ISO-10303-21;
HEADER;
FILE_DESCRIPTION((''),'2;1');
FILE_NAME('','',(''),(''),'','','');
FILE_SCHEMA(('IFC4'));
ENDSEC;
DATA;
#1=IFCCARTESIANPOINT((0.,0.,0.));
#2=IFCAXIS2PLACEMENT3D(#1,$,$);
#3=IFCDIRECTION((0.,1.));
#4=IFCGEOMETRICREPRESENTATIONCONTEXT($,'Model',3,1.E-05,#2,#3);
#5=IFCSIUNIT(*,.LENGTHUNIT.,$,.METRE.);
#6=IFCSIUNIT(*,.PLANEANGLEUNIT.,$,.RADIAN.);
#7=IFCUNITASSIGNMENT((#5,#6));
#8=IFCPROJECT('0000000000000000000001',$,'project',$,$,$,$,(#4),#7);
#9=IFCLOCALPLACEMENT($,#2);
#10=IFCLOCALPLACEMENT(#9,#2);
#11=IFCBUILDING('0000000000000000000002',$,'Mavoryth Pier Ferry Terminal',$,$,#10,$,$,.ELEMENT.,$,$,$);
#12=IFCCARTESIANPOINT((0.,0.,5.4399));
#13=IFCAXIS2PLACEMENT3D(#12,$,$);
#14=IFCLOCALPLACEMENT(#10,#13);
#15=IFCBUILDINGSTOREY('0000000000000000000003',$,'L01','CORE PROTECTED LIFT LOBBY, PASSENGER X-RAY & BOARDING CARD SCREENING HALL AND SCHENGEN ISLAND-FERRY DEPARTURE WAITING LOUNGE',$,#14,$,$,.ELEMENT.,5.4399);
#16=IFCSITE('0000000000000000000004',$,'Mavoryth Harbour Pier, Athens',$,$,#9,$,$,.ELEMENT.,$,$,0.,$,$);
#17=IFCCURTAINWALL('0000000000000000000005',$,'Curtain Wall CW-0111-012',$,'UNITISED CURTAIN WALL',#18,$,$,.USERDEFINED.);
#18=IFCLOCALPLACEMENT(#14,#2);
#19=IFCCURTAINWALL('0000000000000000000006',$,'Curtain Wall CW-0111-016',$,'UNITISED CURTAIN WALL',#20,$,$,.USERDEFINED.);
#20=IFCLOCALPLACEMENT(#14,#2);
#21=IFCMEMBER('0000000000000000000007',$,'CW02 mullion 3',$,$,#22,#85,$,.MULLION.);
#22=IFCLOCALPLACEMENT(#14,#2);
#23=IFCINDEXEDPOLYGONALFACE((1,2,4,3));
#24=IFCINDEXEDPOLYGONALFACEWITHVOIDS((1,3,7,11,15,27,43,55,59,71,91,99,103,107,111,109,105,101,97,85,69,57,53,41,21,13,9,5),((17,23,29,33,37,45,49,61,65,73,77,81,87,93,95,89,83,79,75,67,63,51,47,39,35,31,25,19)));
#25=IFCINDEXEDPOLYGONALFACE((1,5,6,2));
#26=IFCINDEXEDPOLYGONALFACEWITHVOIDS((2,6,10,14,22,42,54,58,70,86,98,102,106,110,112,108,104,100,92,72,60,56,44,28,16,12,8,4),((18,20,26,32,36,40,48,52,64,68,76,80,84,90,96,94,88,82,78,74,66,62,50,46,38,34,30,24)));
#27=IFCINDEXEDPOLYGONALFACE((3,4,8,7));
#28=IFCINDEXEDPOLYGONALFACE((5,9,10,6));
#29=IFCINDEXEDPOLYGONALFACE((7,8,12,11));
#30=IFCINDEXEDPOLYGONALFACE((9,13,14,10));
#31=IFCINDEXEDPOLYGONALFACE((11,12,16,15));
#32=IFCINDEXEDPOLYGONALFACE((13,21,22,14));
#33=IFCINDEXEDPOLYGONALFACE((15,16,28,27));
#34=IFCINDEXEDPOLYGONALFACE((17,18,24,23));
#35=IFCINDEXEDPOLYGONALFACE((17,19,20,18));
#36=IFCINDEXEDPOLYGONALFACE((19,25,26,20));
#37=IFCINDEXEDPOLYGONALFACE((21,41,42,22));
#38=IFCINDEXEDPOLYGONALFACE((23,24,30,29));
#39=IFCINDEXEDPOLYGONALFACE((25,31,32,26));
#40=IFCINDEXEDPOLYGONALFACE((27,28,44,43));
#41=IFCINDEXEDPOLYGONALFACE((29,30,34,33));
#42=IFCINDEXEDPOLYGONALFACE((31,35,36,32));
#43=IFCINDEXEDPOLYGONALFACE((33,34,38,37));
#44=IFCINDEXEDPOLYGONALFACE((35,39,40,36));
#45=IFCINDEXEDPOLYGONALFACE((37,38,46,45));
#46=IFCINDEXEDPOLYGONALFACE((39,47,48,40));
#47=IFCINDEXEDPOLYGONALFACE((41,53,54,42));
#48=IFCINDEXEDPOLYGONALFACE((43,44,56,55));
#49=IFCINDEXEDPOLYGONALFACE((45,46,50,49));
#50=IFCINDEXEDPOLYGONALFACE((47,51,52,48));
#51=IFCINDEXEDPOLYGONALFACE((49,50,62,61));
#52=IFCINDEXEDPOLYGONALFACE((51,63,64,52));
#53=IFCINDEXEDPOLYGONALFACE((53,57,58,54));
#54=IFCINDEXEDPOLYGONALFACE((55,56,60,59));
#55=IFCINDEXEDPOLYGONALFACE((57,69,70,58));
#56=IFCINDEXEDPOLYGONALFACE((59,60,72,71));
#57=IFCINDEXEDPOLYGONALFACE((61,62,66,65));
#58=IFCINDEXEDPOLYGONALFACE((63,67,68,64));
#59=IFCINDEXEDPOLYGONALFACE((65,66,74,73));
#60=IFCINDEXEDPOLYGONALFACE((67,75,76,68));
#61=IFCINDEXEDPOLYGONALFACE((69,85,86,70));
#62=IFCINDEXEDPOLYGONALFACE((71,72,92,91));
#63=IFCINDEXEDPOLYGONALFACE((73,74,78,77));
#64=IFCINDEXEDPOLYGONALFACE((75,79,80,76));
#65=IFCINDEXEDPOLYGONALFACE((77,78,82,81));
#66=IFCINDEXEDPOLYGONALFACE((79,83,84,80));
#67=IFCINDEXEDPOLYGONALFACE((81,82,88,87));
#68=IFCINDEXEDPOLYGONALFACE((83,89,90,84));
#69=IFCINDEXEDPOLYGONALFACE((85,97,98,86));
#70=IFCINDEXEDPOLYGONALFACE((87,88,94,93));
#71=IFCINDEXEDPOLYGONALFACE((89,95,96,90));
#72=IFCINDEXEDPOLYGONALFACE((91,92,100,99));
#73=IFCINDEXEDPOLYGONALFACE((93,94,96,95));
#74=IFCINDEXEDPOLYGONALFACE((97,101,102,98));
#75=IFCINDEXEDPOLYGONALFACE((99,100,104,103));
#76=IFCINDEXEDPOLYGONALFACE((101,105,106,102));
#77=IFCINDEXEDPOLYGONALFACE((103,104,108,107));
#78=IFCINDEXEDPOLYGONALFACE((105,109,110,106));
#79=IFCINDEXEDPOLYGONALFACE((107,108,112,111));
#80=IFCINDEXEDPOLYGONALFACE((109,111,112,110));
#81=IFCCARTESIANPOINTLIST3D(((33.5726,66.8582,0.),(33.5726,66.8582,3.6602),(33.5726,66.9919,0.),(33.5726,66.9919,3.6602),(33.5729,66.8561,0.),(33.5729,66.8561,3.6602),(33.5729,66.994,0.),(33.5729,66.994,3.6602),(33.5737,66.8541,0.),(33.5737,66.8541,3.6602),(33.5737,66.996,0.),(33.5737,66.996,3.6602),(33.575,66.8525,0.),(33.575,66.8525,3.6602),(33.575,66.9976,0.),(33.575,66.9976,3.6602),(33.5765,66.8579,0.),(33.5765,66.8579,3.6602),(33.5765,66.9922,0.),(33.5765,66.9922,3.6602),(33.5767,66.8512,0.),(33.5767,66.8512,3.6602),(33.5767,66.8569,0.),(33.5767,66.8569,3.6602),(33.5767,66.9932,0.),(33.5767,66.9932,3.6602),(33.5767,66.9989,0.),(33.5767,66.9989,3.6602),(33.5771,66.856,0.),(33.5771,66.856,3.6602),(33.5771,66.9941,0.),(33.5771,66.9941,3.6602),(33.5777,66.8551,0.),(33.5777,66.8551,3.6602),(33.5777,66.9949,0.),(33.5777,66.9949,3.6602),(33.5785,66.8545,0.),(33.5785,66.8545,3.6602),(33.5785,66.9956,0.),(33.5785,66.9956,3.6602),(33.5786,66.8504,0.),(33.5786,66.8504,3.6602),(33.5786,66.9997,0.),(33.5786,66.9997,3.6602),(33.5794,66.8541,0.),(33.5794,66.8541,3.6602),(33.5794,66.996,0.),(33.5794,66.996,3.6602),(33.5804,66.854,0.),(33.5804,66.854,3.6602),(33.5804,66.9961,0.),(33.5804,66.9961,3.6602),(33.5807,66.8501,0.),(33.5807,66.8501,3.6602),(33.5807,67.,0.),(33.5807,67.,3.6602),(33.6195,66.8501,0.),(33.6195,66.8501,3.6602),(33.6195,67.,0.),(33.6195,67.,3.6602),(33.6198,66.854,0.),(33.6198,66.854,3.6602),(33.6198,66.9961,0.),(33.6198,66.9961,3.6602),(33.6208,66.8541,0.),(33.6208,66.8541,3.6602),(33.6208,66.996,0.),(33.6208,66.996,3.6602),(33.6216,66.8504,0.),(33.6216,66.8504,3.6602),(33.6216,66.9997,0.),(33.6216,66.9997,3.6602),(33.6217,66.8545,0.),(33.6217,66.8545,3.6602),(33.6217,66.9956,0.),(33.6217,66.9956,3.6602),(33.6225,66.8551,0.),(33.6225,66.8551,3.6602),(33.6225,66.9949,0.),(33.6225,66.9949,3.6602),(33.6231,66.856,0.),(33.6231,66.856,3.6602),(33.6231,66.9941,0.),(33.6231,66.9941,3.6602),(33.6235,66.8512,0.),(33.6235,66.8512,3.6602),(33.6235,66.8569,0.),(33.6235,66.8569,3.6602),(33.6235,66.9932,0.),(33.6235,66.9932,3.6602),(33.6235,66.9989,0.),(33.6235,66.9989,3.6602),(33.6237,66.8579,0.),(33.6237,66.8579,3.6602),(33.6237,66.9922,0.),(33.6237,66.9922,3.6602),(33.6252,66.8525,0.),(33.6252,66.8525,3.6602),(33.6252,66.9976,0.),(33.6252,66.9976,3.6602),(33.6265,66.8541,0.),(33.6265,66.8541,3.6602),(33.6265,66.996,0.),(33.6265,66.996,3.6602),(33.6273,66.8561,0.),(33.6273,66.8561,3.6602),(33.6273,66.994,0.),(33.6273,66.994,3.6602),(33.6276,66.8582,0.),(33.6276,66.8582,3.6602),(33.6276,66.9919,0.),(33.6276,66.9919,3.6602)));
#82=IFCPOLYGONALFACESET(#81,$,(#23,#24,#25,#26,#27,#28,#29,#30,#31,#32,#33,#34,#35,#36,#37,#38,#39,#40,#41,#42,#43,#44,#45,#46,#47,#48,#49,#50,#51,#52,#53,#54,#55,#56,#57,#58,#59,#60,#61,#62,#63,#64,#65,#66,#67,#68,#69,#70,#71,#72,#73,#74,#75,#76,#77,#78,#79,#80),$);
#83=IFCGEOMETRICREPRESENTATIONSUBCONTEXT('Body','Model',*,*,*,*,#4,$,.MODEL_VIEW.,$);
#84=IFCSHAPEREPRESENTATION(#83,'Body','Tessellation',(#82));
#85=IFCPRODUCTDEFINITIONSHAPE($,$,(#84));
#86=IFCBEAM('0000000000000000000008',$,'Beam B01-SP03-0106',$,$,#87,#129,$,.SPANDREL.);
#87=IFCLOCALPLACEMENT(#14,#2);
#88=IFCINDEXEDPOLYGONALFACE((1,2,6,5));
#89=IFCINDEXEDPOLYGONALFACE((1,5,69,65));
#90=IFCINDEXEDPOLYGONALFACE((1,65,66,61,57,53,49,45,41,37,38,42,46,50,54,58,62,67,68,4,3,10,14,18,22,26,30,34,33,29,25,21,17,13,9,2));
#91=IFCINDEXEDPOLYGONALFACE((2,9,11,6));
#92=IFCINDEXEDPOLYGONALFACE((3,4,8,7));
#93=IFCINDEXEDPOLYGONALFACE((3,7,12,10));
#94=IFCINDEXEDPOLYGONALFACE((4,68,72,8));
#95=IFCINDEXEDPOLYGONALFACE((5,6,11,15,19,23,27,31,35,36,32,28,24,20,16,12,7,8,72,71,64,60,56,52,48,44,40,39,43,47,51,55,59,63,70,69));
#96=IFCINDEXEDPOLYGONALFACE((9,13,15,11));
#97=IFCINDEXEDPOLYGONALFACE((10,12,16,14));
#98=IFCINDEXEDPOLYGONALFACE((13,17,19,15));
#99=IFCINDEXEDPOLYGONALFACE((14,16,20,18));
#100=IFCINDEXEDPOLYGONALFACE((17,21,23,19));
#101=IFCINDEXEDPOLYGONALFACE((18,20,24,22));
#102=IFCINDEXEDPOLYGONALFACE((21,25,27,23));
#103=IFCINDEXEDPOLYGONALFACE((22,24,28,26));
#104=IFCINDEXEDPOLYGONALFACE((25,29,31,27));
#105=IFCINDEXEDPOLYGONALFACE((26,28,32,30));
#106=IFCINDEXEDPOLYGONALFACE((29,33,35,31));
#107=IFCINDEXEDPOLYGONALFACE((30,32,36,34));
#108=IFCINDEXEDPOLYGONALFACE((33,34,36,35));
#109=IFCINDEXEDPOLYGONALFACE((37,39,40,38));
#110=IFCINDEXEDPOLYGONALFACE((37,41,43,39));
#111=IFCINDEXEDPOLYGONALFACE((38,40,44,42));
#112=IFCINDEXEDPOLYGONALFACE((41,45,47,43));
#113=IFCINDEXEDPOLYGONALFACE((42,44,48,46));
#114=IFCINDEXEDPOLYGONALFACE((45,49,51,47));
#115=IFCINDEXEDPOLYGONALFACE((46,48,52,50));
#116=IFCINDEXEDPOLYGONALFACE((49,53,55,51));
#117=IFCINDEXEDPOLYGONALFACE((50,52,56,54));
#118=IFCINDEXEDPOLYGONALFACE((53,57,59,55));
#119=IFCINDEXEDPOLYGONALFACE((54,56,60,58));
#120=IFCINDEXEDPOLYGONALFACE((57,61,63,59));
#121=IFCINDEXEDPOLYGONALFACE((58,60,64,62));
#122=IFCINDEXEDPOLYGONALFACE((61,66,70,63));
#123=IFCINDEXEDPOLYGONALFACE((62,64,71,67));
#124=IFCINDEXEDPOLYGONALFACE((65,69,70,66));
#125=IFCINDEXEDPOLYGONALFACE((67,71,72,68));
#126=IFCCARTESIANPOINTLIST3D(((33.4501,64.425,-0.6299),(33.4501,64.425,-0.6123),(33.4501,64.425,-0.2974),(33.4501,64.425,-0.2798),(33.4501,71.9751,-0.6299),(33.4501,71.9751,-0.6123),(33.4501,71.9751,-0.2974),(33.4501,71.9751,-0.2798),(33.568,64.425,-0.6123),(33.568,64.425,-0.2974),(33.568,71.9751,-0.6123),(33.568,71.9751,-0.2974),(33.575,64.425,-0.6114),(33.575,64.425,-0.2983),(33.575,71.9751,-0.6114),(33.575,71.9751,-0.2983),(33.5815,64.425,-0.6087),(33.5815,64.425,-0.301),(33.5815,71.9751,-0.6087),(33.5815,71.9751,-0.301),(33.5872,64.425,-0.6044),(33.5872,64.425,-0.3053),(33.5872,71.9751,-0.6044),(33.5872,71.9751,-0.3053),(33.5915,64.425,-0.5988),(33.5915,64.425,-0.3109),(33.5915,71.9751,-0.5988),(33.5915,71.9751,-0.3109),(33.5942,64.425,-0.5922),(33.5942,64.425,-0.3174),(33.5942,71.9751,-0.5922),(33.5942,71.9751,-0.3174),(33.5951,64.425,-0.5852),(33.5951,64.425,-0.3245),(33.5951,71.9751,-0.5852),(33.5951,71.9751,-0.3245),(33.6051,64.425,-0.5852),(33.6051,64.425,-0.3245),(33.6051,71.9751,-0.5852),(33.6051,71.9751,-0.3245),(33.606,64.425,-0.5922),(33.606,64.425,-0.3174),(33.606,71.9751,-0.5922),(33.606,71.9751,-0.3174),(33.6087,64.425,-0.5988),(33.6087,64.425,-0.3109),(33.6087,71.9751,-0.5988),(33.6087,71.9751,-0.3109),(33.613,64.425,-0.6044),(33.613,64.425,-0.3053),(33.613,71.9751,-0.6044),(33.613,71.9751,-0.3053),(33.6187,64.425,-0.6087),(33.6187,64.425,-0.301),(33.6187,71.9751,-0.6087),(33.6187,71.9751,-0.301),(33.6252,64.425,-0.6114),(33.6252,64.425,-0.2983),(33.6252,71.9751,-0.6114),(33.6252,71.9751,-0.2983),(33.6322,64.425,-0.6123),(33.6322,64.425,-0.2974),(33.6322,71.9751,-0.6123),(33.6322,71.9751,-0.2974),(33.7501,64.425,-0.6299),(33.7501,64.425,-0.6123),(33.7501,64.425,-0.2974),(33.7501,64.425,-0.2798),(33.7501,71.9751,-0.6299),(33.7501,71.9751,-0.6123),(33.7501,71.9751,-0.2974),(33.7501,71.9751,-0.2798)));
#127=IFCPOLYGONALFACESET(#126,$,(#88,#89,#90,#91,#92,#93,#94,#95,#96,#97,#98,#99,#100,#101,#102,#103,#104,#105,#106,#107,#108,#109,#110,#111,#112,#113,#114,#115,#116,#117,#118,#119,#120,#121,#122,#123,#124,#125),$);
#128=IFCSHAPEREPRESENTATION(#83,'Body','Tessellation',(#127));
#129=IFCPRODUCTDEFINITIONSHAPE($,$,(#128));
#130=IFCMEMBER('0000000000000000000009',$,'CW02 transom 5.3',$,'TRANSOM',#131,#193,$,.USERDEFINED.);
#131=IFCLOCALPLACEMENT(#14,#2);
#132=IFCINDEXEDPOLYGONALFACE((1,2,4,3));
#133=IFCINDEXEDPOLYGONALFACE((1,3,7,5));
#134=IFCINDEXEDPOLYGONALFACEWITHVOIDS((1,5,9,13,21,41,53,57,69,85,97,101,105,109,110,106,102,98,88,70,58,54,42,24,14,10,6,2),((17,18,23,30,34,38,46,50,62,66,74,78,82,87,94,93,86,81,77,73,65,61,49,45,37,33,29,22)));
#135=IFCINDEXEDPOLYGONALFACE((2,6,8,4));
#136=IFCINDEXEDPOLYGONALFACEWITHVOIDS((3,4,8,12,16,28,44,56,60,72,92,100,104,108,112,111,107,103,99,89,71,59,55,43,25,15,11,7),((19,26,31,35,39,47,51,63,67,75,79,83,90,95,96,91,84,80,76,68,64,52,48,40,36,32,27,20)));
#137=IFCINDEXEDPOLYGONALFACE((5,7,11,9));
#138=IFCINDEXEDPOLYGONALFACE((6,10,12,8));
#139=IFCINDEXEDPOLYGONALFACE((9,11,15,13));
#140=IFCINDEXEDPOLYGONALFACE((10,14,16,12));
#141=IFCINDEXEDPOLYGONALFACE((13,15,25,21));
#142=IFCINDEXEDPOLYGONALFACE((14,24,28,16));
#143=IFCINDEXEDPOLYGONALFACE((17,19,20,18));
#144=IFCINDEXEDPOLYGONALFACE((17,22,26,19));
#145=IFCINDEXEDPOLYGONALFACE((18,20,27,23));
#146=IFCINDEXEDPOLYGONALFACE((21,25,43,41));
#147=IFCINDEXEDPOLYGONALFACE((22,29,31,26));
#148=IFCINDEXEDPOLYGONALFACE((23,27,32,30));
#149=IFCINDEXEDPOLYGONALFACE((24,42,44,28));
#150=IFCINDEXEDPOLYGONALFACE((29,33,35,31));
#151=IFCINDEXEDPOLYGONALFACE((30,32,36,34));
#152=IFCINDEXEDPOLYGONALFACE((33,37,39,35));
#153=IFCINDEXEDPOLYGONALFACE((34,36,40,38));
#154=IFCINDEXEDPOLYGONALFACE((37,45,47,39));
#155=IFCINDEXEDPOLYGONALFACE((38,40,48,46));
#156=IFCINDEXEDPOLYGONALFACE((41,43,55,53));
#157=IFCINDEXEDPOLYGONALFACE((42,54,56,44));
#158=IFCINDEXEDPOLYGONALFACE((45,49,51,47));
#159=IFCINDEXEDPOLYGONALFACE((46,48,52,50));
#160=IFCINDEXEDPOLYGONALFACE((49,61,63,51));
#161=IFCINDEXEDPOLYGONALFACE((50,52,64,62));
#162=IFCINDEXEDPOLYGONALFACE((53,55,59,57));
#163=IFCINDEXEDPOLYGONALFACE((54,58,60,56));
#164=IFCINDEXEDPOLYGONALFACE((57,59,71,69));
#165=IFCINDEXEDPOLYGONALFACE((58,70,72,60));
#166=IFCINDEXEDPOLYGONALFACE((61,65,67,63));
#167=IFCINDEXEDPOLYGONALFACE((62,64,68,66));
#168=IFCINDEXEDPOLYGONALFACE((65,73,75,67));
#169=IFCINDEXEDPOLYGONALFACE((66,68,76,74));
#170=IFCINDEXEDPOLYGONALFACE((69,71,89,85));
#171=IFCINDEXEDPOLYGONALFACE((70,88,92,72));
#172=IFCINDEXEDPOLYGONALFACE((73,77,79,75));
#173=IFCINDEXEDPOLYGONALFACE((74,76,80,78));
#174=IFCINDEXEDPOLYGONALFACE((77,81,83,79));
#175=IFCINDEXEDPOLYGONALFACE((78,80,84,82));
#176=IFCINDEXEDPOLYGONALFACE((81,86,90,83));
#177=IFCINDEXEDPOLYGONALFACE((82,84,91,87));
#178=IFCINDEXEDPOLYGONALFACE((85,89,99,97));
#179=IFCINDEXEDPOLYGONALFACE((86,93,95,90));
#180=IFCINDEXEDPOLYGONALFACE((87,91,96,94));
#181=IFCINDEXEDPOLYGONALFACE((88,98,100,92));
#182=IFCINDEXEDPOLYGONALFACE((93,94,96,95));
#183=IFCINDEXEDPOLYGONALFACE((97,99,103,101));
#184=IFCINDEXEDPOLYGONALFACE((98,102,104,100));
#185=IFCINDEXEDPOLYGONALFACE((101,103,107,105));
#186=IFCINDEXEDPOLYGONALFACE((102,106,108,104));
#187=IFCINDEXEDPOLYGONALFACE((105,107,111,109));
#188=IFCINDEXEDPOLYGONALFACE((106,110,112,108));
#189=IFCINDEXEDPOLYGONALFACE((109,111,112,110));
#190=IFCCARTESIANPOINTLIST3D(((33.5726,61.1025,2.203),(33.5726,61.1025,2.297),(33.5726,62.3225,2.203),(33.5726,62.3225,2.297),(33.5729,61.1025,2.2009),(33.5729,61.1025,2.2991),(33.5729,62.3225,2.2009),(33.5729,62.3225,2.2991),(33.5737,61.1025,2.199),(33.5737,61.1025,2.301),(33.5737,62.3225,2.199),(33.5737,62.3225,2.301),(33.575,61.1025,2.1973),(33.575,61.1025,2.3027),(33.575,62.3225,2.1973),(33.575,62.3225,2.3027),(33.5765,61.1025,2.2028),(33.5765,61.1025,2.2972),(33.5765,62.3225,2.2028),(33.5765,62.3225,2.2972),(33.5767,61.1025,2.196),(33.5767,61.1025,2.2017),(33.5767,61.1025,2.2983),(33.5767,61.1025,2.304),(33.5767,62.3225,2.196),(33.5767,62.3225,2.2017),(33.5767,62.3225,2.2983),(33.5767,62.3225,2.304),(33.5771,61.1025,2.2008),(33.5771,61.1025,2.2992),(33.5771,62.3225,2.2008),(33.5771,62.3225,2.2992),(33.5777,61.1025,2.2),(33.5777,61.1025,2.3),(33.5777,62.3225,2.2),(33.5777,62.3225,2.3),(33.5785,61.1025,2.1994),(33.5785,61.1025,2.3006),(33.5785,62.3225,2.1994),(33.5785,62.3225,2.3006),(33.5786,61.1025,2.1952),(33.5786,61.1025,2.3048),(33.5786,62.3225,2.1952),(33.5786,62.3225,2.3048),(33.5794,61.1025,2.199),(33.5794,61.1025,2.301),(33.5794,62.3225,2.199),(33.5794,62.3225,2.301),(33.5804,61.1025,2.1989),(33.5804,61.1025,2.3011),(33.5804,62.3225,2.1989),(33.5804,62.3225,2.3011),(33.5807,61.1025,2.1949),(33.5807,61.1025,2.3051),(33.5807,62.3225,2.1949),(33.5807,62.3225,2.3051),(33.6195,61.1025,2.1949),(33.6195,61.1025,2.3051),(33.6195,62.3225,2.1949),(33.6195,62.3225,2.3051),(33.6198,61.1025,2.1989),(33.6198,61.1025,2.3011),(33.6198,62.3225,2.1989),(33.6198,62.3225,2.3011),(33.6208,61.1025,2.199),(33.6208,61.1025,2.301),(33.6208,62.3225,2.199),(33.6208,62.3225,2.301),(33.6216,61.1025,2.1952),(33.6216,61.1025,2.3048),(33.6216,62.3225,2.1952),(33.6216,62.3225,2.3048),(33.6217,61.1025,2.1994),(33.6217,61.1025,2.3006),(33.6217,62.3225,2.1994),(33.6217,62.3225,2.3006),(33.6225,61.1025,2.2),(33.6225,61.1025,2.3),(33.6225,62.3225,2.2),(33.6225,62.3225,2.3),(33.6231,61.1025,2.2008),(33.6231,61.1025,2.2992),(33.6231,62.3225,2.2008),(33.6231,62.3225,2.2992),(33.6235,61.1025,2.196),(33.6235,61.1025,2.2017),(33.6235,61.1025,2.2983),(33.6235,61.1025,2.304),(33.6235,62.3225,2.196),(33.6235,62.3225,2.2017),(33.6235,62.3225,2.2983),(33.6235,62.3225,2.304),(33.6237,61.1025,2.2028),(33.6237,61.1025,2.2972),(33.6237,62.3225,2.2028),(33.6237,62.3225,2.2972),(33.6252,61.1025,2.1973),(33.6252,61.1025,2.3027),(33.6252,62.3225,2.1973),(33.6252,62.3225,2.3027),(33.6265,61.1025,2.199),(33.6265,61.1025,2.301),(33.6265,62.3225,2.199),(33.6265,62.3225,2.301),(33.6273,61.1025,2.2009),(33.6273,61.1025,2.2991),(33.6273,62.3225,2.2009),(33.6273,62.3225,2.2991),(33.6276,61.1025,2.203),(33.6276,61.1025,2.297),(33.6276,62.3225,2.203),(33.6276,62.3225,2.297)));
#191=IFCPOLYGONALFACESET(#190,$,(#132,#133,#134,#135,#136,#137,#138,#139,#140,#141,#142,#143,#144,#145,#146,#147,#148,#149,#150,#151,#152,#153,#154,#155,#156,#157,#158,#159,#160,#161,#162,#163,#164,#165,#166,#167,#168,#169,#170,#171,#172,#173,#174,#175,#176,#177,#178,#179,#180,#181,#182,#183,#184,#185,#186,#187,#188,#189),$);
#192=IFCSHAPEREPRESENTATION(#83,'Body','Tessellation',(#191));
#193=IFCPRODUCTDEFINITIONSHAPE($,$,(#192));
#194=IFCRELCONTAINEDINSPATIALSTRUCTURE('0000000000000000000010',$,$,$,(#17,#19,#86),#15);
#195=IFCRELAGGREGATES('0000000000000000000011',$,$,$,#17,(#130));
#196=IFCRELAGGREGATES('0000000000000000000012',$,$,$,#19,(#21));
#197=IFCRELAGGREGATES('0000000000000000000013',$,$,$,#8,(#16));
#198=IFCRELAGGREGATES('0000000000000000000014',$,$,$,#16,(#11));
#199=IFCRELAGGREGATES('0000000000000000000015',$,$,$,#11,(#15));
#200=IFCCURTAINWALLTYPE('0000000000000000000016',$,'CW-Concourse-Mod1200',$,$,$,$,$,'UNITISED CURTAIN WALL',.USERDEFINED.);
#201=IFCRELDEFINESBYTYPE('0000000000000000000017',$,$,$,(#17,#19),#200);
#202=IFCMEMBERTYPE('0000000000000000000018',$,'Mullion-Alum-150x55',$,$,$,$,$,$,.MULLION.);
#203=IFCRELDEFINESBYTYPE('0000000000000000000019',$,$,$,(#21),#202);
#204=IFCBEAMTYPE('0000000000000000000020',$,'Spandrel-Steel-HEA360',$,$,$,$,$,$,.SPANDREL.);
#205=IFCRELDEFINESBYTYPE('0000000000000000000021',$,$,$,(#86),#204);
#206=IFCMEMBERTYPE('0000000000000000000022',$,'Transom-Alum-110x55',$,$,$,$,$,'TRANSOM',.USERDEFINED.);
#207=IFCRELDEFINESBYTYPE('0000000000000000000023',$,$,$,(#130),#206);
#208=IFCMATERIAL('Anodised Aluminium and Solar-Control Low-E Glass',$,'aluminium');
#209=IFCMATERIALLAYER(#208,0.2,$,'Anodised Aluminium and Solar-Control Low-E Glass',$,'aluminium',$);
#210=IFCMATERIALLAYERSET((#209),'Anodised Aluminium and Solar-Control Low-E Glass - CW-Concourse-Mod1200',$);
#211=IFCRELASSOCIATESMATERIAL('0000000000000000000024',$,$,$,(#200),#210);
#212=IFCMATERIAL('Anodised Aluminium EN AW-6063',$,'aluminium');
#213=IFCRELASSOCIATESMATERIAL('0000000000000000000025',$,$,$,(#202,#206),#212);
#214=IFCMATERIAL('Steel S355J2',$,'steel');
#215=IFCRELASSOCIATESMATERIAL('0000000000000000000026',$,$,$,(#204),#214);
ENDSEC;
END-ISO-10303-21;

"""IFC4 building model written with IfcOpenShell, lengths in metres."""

from ifc_helpers import new_model, si_unit, direction, frame, origin, origin_2d, place, context, subcontext, project, spatial, hollow_rectangle, i_section, extrude, material, layer, layer_set, material_profile, profile_set, type_object, element, aggregate, save


model = new_model("IFC4")

# Units and contexts
model_context = context("Model", 3, precision=1e-05, world=origin(), true_north=direction((0.0, 1.0)))
body_context = subcontext(model_context, "Body", "Model", "MODEL_VIEW")
ifc_project = project(units=[si_unit("LENGTHUNIT", "METRE"), si_unit("PLANEANGLEUNIT", "RADIAN")], contexts=[model_context])

# Site, building, storey
site_placement = place(None, origin())
site = spatial("IfcSite", under=ifc_project, at=site_placement, Name="Mavoryth Harbour Pier, Athens", CompositionType="ELEMENT", RefElevation=0.0)
building_placement = place(site_placement, origin())
building = spatial("IfcBuilding", under=site, at=building_placement, Name="Mavoryth Pier Ferry Terminal", CompositionType="ELEMENT")
storey_placement = place(building_placement, frame((0.0, 0.0, 5.4399)))
storey = spatial("IfcBuildingStorey", under=building, at=storey_placement, Name="L01", Description="CORE PROTECTED LIFT LOBBY, PASSENGER X-RAY & BOARDING CARD SCREENING HALL AND SCHENGEN ISLAND-FERRY DEPARTURE WAITING LOUNGE", CompositionType="ELEMENT", Elevation=5.4399)

# Curtain walls, member
ifc_material_1 = material(Name="Anodised Aluminium and Solar-Control Low-E Glass", Category="aluminium")
ifc_layer_1 = layer(ifc_material_1, 0.2, Name="Anodised Aluminium and Solar-Control Low-E Glass", Category="aluminium")
ifc_layer_set_1 = layer_set([ifc_layer_1], Name="Anodised Aluminium and Solar-Control Low-E Glass - CW-Concourse-Mod1200")
curtain_wall_type = type_object("IfcCurtainWallType", Name="CW-Concourse-Mod1200", ElementType="UNITISED CURTAIN WALL", PredefinedType="USERDEFINED", material=ifc_layer_set_1)
curtain_wall_1_placement = place(storey_placement, origin())
curtain_wall_1 = element("IfcCurtainWall", 1, at=curtain_wall_1_placement, inside=storey, type_object=curtain_wall_type, Name="Curtain Wall CW-0111-012", ObjectType="UNITISED CURTAIN WALL", PredefinedType="USERDEFINED")
ifc_material_2 = material(Name="Anodised Aluminium EN AW-6063", Category="aluminium")
ifc_material_profile_1 = material_profile(ifc_material_2, hollow_rectangle(XDim=0.0549, YDim=0.1499, WallThickness=0.0039, InnerFilletRadius=0.0039, OuterFilletRadius=0.0081, at=origin_2d()), Name="AL-MULL 150x55x4", Category="aluminium")
ifc_profile_set_1 = profile_set([ifc_material_profile_1], Name="Anodised Aluminium EN AW-6063 - AL-MULL 150x55x4")
member_type_1 = type_object("IfcMemberType", Name="Mullion-Alum-150x55", PredefinedType="MULLION", material=ifc_profile_set_1)
curtain_wall_2_placement = place(storey_placement, origin())
curtain_wall_2 = element("IfcCurtainWall", 2, at=curtain_wall_2_placement, inside=storey, type_object=curtain_wall_type, Name="Curtain Wall CW-0111-016", ObjectType="UNITISED CURTAIN WALL", PredefinedType="USERDEFINED")
member_1_placement = place(storey_placement, frame((33.6001, 66.925, 0.0), z_axis=(0.0, 0.0, 1.0), x_axis=(-1.0, 0.0, 0.0)))
member_1 = element("IfcMember", 3, at=member_1_placement, type_object=member_type_1, Name="CW02 mullion 3", PredefinedType="MULLION", context=body_context, shape_type="SweptSolid", body=[
    extrude(hollow_rectangle(XDim=0.0549, YDim=0.1499, WallThickness=0.0039, InnerFilletRadius=0.0039, OuterFilletRadius=0.0081, at=origin_2d()), origin(), (0.0, 0.0, 1.0), 3.6602),
])

# Beam
ifc_material_3 = material(Name="Steel S355J2", Category="steel")
ifc_material_profile_2 = material_profile(ifc_material_3, i_section(OverallWidth=0.3, OverallDepth=0.3501, WebThickness=0.01, FlangeThickness=0.0176, FilletRadius=0.0271, at=origin_2d()), Name="HEA 360", Category="steel")
ifc_profile_set_2 = profile_set([ifc_material_profile_2], Name="Steel S355J2 - HEA 360")
beam_type = type_object("IfcBeamType", Name="Spandrel-Steel-HEA360", PredefinedType="SPANDREL", material=ifc_profile_set_2)
beam_placement = place(storey_placement, frame((33.6001, 64.425, -0.4548), z_axis=(0.0, 1.0, 0.0), x_axis=(-1.0, 0.0, 0.0)))
element("IfcBeam", 4, at=beam_placement, inside=storey, type_object=beam_type, Name="Beam B01-SP03-0106", PredefinedType="SPANDREL", context=body_context, shape_type="SweptSolid", body=[
    extrude(i_section(OverallWidth=0.3, OverallDepth=0.3501, WebThickness=0.01, FlangeThickness=0.0176, FilletRadius=0.0271, at=origin_2d()), origin(), (0.0, 0.0, 1.0), 7.55),
])

# Member
ifc_material_profile_3 = material_profile(ifc_material_2, hollow_rectangle(XDim=0.0549, YDim=0.1101, WallThickness=0.0039, InnerFilletRadius=0.0039, OuterFilletRadius=0.0081, at=origin_2d()), Name="AL-TRAN 110x55x4", Category="aluminium")
ifc_profile_set_3 = profile_set([ifc_material_profile_3], Name="Anodised Aluminium EN AW-6063 - AL-TRAN 110x55x4")
member_type_2 = type_object("IfcMemberType", Name="Transom-Alum-110x55", ElementType="TRANSOM", PredefinedType="USERDEFINED", material=ifc_profile_set_3)
member_2_placement = place(storey_placement, frame((33.6001, 61.1025, 2.25), z_axis=(0.0, 1.0, 0.0), x_axis=(-1.0, 0.0, 0.0)))
member_2 = element("IfcMember", 5, at=member_2_placement, type_object=member_type_2, Name="CW02 transom 5.3", ObjectType="TRANSOM", PredefinedType="USERDEFINED", context=body_context, shape_type="SweptSolid", body=[
    extrude(hollow_rectangle(XDim=0.0549, YDim=0.1101, WallThickness=0.0039, InnerFilletRadius=0.0039, OuterFilletRadius=0.0081, at=origin_2d()), origin(), (0.0, 0.0, 1.0), 1.22),
])

aggregate(curtain_wall_1, [member_2])
aggregate(curtain_wall_2, [member_1])

save(model, "model.ifc")
